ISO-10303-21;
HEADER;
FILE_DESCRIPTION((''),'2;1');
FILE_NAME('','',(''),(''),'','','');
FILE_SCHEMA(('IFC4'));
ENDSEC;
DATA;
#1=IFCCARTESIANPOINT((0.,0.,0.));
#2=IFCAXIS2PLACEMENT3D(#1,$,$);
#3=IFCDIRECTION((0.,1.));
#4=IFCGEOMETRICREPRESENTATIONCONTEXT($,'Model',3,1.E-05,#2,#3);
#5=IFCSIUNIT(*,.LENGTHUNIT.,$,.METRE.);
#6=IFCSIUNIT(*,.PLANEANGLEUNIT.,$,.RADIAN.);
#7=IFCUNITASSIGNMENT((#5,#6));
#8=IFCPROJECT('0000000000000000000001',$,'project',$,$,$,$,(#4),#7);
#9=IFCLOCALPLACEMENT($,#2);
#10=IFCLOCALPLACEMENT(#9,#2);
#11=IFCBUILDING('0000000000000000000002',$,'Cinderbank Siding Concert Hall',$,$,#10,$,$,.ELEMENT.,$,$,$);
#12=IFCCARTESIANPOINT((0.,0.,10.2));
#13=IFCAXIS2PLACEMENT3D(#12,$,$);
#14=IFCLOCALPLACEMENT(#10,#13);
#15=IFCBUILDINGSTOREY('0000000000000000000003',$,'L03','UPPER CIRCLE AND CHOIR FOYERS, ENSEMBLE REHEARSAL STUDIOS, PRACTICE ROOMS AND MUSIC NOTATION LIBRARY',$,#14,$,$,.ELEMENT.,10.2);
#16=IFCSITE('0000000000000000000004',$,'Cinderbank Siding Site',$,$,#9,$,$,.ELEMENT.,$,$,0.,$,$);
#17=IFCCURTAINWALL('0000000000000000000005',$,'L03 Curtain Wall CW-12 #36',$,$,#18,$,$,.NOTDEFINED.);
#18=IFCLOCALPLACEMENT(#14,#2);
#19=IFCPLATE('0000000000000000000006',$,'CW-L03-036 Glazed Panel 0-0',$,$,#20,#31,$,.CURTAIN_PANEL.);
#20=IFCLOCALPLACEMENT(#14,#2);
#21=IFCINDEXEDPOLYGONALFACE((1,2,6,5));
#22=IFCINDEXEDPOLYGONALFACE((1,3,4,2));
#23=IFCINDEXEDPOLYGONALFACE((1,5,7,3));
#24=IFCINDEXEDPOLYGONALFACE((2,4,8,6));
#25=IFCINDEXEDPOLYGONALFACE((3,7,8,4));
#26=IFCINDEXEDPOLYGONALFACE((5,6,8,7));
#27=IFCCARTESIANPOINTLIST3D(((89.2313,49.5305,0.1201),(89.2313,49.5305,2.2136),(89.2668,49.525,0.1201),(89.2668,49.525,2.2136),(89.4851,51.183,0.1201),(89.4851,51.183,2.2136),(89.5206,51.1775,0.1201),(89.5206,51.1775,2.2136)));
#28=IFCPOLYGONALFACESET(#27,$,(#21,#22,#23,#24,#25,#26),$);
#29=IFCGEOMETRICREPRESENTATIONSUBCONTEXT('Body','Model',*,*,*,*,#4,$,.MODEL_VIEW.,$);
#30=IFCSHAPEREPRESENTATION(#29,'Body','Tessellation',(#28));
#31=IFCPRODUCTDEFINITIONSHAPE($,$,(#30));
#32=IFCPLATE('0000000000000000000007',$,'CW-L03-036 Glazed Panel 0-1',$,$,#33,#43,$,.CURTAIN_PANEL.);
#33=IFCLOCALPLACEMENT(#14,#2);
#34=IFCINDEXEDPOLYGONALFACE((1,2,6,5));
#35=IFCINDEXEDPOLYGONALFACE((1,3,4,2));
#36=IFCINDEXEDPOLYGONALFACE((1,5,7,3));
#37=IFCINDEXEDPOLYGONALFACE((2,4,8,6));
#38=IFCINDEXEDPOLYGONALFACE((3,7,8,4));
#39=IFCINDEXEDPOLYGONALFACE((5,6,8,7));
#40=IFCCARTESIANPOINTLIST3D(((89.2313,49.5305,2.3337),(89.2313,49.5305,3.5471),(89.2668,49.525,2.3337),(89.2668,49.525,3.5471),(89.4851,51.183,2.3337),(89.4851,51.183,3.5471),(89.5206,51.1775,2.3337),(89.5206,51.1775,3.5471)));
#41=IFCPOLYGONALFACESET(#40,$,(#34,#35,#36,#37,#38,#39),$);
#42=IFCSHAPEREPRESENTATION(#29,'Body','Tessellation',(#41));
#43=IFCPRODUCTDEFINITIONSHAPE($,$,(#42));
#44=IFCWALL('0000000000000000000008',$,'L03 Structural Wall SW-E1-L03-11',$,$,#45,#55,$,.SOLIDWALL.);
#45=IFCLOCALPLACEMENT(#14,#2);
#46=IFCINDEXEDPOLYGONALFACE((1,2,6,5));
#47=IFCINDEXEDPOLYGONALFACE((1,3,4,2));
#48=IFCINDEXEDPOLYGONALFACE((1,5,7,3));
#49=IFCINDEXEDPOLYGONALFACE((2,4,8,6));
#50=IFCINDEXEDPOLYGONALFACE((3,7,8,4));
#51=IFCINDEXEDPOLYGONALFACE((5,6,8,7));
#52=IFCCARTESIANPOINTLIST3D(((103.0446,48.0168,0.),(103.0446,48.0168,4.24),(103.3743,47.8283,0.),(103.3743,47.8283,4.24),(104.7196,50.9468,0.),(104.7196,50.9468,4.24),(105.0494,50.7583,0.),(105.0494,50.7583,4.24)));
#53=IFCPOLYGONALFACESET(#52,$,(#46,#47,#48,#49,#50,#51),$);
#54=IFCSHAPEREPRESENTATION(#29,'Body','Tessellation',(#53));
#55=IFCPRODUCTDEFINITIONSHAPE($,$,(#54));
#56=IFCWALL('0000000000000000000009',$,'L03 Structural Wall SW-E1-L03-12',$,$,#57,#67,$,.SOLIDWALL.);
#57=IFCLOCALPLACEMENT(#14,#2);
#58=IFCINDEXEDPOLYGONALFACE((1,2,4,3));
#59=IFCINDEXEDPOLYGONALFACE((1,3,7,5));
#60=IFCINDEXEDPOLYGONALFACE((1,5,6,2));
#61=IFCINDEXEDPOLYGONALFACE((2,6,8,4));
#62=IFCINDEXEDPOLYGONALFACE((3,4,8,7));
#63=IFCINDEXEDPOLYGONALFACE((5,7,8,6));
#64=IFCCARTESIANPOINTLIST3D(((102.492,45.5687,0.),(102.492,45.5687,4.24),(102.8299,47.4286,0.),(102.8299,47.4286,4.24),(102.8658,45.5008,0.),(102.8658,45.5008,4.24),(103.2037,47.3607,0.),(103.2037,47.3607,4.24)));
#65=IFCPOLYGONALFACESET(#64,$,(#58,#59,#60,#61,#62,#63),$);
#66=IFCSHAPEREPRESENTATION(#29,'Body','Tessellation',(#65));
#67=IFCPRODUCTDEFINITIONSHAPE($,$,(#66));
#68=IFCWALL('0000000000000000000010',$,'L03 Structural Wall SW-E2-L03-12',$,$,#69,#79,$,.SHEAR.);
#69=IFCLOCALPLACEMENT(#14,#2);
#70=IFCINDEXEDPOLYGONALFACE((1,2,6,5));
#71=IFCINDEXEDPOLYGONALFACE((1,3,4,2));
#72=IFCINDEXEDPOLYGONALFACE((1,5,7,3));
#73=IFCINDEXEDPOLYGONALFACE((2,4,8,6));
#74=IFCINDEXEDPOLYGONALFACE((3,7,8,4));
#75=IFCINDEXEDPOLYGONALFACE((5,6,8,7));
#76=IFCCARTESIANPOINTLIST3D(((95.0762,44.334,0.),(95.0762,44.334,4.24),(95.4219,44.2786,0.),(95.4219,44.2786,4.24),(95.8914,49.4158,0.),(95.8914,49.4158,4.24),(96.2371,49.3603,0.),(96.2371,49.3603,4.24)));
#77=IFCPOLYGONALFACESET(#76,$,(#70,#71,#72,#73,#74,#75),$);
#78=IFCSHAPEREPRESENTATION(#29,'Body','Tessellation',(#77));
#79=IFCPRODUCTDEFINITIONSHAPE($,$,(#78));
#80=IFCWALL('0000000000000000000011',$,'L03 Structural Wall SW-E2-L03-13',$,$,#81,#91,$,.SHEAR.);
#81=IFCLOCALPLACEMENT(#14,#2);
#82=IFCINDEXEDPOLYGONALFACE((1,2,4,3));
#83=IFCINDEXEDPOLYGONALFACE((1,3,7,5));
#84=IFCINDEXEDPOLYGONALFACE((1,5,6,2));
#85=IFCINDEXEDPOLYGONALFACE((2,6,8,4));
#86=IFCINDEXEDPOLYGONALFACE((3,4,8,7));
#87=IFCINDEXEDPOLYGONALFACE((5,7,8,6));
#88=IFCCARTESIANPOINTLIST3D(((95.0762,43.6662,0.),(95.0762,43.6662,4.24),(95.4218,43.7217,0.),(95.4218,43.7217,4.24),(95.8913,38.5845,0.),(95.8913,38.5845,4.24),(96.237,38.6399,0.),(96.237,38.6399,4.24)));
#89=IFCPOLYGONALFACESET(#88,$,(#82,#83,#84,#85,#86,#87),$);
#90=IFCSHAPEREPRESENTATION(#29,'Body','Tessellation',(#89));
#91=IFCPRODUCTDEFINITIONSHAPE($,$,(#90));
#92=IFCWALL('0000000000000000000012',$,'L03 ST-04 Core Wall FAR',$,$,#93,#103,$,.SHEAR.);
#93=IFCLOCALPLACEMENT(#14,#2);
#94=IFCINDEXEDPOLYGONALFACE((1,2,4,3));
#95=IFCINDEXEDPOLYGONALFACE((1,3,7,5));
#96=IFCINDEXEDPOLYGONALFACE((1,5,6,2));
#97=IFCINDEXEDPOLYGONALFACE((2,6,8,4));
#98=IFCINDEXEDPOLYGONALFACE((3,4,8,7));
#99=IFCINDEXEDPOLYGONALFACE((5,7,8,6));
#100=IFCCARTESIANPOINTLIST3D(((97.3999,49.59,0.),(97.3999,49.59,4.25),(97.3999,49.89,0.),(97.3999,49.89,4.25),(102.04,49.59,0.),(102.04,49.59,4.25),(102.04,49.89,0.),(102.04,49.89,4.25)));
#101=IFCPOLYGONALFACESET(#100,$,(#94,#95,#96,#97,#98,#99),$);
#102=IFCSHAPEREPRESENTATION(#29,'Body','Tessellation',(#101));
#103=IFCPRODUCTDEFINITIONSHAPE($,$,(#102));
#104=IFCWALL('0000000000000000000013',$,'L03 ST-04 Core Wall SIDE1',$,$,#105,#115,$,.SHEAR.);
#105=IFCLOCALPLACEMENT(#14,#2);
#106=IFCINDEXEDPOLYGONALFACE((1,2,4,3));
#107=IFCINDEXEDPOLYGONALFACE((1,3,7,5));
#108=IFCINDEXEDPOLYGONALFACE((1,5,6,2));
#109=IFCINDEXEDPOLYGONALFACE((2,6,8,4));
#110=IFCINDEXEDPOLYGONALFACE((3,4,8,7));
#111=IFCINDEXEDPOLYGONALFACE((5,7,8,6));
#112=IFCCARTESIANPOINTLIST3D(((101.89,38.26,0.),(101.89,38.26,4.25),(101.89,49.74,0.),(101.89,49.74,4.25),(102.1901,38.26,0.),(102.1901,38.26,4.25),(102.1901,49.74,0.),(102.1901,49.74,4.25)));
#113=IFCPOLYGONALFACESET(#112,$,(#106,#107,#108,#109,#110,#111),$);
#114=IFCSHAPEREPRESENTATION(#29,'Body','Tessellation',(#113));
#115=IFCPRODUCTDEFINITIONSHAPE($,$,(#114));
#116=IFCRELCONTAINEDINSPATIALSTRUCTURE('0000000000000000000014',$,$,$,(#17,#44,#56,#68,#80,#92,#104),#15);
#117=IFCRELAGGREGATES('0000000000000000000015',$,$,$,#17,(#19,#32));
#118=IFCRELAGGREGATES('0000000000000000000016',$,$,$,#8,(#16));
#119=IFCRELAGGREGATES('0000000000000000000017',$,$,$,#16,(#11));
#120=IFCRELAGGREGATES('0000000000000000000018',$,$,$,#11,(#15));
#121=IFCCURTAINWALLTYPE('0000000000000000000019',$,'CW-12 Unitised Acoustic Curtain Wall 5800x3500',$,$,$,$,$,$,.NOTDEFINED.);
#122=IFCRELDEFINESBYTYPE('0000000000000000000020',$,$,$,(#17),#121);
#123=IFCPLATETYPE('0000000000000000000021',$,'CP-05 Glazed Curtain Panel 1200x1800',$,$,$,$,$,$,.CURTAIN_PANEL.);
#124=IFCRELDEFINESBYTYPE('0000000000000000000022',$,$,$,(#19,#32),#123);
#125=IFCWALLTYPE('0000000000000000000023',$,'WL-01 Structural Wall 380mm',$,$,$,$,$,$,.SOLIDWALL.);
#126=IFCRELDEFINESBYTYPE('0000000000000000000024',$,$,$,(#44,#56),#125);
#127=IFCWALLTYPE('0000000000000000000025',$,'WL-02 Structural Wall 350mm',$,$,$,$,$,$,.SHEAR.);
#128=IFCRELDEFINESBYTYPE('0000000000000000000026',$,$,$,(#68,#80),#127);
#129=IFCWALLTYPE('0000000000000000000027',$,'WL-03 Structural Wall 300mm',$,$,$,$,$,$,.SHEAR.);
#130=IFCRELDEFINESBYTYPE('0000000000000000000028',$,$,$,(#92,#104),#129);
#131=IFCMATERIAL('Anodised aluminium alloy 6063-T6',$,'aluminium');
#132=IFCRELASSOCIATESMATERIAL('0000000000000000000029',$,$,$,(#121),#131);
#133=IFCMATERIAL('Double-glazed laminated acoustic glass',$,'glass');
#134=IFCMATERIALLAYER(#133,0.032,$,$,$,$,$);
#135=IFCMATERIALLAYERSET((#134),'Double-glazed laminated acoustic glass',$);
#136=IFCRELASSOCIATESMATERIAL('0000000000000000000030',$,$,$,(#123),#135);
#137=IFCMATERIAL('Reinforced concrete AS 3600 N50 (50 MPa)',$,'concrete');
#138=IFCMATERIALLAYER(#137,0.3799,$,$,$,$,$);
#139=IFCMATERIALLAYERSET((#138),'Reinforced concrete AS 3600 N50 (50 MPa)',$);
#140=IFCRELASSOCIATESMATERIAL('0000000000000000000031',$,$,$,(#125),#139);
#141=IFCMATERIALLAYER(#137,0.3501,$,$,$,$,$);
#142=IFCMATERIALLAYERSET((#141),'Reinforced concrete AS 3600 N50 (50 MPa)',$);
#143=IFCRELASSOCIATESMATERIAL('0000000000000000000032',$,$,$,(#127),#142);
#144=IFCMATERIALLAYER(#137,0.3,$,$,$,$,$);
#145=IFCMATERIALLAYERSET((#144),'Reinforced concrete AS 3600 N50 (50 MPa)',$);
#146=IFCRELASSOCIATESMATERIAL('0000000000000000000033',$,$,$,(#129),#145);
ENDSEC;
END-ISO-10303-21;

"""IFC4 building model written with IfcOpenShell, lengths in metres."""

from ifc_helpers import new_model, si_unit, direction, frame, frame_2d, origin, origin_2d, place, context, subcontext, project, spatial, rectangle, extrude, material, layer, layer_set, type_object, element, aggregate, save


model = new_model("IFC4")

# Units and contexts
model_context = context("Model", 3, precision=1e-05, world=origin(), true_north=direction((0.0, 1.0)))
body_context = subcontext(model_context, "Body", "Model", "MODEL_VIEW")
ifc_project = project(units=[si_unit("LENGTHUNIT", "METRE"), si_unit("PLANEANGLEUNIT", "RADIAN")], contexts=[model_context])

# Site, building, storey
site_placement = place(None, origin())
site = spatial("IfcSite", under=ifc_project, at=site_placement, Name="Cinderbank Siding Site", CompositionType="ELEMENT", RefElevation=0.0)
building_placement = place(site_placement, origin())
building = spatial("IfcBuilding", under=site, at=building_placement, Name="Cinderbank Siding Concert Hall", CompositionType="ELEMENT")
storey_placement = place(building_placement, frame((0.0, 0.0, 10.2)))
storey = spatial("IfcBuildingStorey", under=building, at=storey_placement, Name="L03", Description="UPPER CIRCLE AND CHOIR FOYERS, ENSEMBLE REHEARSAL STUDIOS, PRACTICE ROOMS AND MUSIC NOTATION LIBRARY", CompositionType="ELEMENT", Elevation=10.2)

# Shared definitions
ifc_material_1 = material(Name="Reinforced concrete AS 3600 N50 (50 MPa)", Category="concrete")

# Curtain wall
ifc_material_2 = material(Name="Anodised aluminium alloy 6063-T6", Category="aluminium")
curtain_wall_type_1 = type_object("IfcCurtainWallType", Name="CW-12 Unitised Acoustic Curtain Wall 5800x3500", PredefinedType="NOTDEFINED", material=ifc_material_2)
curtain_wall_1_placement = place(storey_placement, origin())
curtain_wall_1 = element("IfcCurtainWall", 1, at=curtain_wall_1_placement, inside=storey, type_object=curtain_wall_type_1, Name="L03 Curtain Wall CW-12 #36", PredefinedType="NOTDEFINED")

# Plates
ifc_material_3 = material(Name="Double-glazed laminated acoustic glass", Category="glass")
ifc_layer_1 = layer(ifc_material_3, 0.032)
ifc_layer_set_1 = layer_set([ifc_layer_1], Name="Double-glazed laminated acoustic glass")
plate_type_1 = type_object("IfcPlateType", Name="CP-05 Glazed Curtain Panel 1200x1800", PredefinedType="CURTAIN_PANEL", material=ifc_layer_set_1)
plate_1_placement = place(storey_placement, frame((89.376, 50.354, 0.1201), z_axis=(0.0, 0.0, 1.0), x_axis=(-0.151815, -0.988409, 0.0)))
plate_1 = element("IfcPlate", 2, at=plate_1_placement, type_object=plate_type_1, Name="CW-L03-036 Glazed Panel 0-0", PredefinedType="CURTAIN_PANEL", context=body_context, shape_type="SweptSolid", body=[
    extrude(rectangle(XDim=1.6719, YDim=0.0359, at=origin_2d()), origin(), (0.0, 0.0, 1.0), 2.0935),
])
plate_2_placement = place(storey_placement, frame((89.376, 50.354, 2.3337), z_axis=(0.0, 0.0, 1.0), x_axis=(-0.151815, -0.988409, 0.0)))
plate_2 = element("IfcPlate", 3, at=plate_2_placement, type_object=plate_type_1, Name="CW-L03-036 Glazed Panel 0-1", PredefinedType="CURTAIN_PANEL", context=body_context, shape_type="SweptSolid", body=[
    extrude(rectangle(XDim=1.6719, YDim=0.0359, at=origin_2d()), origin(), (0.0, 0.0, 1.0), 1.2134),
])
aggregate(curtain_wall_1, [plate_1, plate_2])

# Walls
ifc_layer_2 = layer(ifc_material_1, 0.3799)
ifc_layer_set_2 = layer_set([ifc_layer_2], Name="Reinforced concrete AS 3600 N50 (50 MPa)")
wall_type_1 = type_object("IfcWallType", Name="WL-01 Structural Wall 380mm", PredefinedType="SOLIDWALL", material=ifc_layer_set_2)
wall_1_placement = place(storey_placement, frame((104.8845, 50.8525, 0.0), z_axis=(0.0, 0.0, 1.0), x_axis=(-0.496318, -0.868141, 0.0)))
element("IfcWall", 4, at=wall_1_placement, inside=storey, type_object=wall_type_1, Name="L03 Structural Wall SW-E1-L03-11", PredefinedType="SOLIDWALL", context=body_context, shape_type="SweptSolid", body=[
    extrude(rectangle(XDim=3.375, YDim=0.3799, at=frame_2d((1.6875, 0.0))), origin(), (0.0, 0.0, 1.0), 4.24),
])
wall_2_placement = place(storey_placement, frame((103.0168, 47.3948, 0.0), z_axis=(0.0, 0.0, 1.0), x_axis=(-0.178749, -0.983895, 0.0)))
element("IfcWall", 5, at=wall_2_placement, inside=storey, type_object=wall_type_1, Name="L03 Structural Wall SW-E1-L03-12", PredefinedType="SOLIDWALL", context=body_context, shape_type="SweptSolid", body=[
    extrude(rectangle(XDim=1.8904, YDim=0.3799, at=frame_2d((0.9453, 0.0))), origin(), (0.0, 0.0, 1.0), 4.24),
])
ifc_layer_3 = layer(ifc_material_1, 0.3501)
ifc_layer_set_3 = layer_set([ifc_layer_3], Name="Reinforced concrete AS 3600 N50 (50 MPa)")
wall_type_2 = type_object("IfcWallType", Name="WL-02 Structural Wall 350mm", PredefinedType="SHEAR", material=ifc_layer_set_3)
for number, where, z_axis, x_axis, name in (
    (6, (96.0642, 49.3879, 0.0), (0.0, 0.0, 1.0), (-0.158388, -0.987377, 0.0), "L03 Structural Wall SW-E2-L03-12"),
    (7, (95.249, 43.6938, 0.0), (0.0, 0.0, 1.0), (0.158388, -0.987377, 0.0), "L03 Structural Wall SW-E2-L03-13"),
):
    element("IfcWall", number, at=place(storey_placement, frame(where, z_axis=z_axis, x_axis=x_axis)), inside=storey, type_object=wall_type_2, Name=name, PredefinedType="SHEAR", context=body_context, shape_type="SweptSolid", body=[
        extrude(rectangle(XDim=5.1467, YDim=0.3501, at=frame_2d((2.5732, 0.0))), origin(), (0.0, 0.0, 1.0), 4.24),
    ])
ifc_layer_4 = layer(ifc_material_1, 0.3)
ifc_layer_set_4 = layer_set([ifc_layer_4], Name="Reinforced concrete AS 3600 N50 (50 MPa)")
wall_type_3 = type_object("IfcWallType", Name="WL-03 Structural Wall 300mm", PredefinedType="SHEAR", material=ifc_layer_set_4)
wall_3_placement = place(storey_placement, frame((97.3999, 49.74, 0.0), z_axis=(0.0, 0.0, 1.0), x_axis=(1.0, 0.0, 0.0)))
element("IfcWall", 8, at=wall_3_placement, inside=storey, type_object=wall_type_3, Name="L03 ST-04 Core Wall FAR", PredefinedType="SHEAR", context=body_context, shape_type="SweptSolid", body=[
    extrude(rectangle(XDim=4.6401, YDim=0.3, at=frame_2d((2.3201, 0.0))), origin(), (0.0, 0.0, 1.0), 4.25),
])
wall_4_placement = place(storey_placement, frame((102.04, 49.74, 0.0), z_axis=(0.0, 0.0, 1.0), x_axis=(0.0, -1.0, 0.0)))
element("IfcWall", 9, at=wall_4_placement, inside=storey, type_object=wall_type_3, Name="L03 ST-04 Core Wall SIDE1", PredefinedType="SHEAR", context=body_context, shape_type="SweptSolid", body=[
    extrude(rectangle(XDim=11.48, YDim=0.3, at=frame_2d((5.74, 0.0))), origin(), (0.0, 0.0, 1.0), 4.25),
])

save(model, "model.ifc")
